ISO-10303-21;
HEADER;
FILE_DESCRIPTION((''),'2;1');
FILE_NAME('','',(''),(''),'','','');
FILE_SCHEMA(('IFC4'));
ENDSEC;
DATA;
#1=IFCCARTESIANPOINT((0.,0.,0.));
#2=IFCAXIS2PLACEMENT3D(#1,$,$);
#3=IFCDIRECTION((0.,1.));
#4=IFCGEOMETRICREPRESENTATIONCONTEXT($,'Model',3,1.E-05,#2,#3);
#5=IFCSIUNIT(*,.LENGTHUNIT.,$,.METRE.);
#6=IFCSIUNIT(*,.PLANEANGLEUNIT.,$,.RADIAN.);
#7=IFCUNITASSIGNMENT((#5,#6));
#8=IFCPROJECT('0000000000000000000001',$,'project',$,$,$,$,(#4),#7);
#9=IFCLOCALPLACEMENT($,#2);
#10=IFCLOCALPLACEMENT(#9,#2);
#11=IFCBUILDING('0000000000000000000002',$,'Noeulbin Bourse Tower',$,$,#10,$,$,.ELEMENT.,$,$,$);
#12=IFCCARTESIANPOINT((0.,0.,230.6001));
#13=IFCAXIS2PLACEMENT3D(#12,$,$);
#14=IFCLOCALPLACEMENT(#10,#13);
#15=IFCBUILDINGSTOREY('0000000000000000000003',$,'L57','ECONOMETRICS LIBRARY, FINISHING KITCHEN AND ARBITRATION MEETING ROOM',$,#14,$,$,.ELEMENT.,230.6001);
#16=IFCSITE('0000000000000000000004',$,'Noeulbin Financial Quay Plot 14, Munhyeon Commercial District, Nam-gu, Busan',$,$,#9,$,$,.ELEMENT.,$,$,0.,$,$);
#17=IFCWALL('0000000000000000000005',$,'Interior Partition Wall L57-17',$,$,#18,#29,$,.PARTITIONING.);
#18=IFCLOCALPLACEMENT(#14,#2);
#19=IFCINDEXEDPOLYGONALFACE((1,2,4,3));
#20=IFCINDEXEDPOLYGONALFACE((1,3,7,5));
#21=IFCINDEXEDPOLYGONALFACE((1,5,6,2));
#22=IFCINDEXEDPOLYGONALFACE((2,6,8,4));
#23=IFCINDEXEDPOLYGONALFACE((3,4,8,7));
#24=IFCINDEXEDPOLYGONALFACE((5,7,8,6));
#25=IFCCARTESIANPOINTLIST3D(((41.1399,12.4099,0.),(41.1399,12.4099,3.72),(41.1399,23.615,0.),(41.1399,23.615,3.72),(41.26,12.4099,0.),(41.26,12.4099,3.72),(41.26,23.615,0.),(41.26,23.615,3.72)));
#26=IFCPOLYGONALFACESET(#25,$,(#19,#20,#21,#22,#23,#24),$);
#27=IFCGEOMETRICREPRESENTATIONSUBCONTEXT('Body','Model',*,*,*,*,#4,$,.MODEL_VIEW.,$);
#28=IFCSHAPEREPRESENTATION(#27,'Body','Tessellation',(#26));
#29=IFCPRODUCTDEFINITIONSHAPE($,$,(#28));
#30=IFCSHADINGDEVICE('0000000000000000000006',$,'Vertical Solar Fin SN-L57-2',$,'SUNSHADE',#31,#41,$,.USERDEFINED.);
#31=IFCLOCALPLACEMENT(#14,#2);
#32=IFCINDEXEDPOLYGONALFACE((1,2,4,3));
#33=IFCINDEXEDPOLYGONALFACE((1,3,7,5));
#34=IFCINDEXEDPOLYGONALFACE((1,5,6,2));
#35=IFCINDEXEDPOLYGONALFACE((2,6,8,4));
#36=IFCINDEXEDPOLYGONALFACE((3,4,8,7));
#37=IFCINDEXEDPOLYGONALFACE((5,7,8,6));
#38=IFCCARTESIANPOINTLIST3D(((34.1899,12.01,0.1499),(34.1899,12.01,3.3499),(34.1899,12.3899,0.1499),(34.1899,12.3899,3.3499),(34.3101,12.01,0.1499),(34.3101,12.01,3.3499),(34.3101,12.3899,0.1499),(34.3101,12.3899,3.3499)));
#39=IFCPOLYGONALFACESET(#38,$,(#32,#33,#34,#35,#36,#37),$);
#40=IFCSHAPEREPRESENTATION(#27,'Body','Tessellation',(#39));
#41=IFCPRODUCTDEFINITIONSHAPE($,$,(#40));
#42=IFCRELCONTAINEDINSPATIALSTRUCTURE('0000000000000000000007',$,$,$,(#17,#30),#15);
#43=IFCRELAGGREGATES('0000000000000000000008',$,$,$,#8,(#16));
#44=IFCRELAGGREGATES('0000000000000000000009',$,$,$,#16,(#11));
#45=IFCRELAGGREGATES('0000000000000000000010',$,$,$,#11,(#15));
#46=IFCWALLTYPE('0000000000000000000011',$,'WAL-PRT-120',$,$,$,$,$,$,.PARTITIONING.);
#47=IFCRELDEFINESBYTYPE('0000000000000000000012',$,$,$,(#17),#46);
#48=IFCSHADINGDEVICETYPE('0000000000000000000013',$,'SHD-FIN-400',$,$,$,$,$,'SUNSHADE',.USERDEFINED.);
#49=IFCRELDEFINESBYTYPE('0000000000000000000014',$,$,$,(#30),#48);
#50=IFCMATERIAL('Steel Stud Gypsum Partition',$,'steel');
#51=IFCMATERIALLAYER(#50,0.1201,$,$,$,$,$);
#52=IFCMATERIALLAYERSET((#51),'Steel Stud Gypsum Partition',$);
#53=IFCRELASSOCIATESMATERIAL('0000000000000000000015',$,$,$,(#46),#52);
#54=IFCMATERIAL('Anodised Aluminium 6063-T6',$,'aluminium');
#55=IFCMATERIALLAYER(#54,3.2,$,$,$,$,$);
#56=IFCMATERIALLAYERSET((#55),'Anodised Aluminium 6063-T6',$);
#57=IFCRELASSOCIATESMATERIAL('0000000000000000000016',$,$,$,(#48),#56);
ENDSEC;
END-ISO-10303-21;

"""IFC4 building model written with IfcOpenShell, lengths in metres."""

from ifc_helpers import new_model, si_unit, direction, frame, frame_2d, origin, origin_2d, place, context, subcontext, project, spatial, rectangle, extrude, material, layer, layer_set, type_object, element, save


model = new_model("IFC4")

# Units and contexts
model_context = context("Model", 3, precision=1e-05, world=origin(), true_north=direction((0.0, 1.0)))
body_context = subcontext(model_context, "Body", "Model", "MODEL_VIEW")
ifc_project = project(units=[si_unit("LENGTHUNIT", "METRE"), si_unit("PLANEANGLEUNIT", "RADIAN")], contexts=[model_context])

# Site, building, storey
site_placement = place(None, origin())
site = spatial("IfcSite", under=ifc_project, at=site_placement, Name="Noeulbin Financial Quay Plot 14, Munhyeon Commercial District, Nam-gu, Busan", CompositionType="ELEMENT", RefElevation=0.0)
building_placement = place(site_placement, origin())
building = spatial("IfcBuilding", under=site, at=building_placement, Name="Noeulbin Bourse Tower", CompositionType="ELEMENT")
storey_placement = place(building_placement, frame((0.0, 0.0, 230.6001)))
storey = spatial("IfcBuildingStorey", under=building, at=storey_placement, Name="L57", Description="ECONOMETRICS LIBRARY, FINISHING KITCHEN AND ARBITRATION MEETING ROOM", CompositionType="ELEMENT", Elevation=230.6001)

# Shared definitions
ifc_material_1 = material(Name="Anodised Aluminium 6063-T6", Category="aluminium")

# Wall
ifc_material_2 = material(Name="Steel Stud Gypsum Partition", Category="steel")
ifc_layer_1 = layer(ifc_material_2, 0.1201)
ifc_layer_set_1 = layer_set([ifc_layer_1], Name="Steel Stud Gypsum Partition")
wall_type_1 = type_object("IfcWallType", Name="WAL-PRT-120", PredefinedType="PARTITIONING", material=ifc_layer_set_1)
wall_1_placement = place(storey_placement, frame((41.2, 12.4099, 0.0), z_axis=(0.0, 0.0, 1.0), x_axis=(0.0, 1.0, 0.0)))
element("IfcWall", 1, at=wall_1_placement, inside=storey, type_object=wall_type_1, Name="Interior Partition Wall L57-17", PredefinedType="PARTITIONING", context=body_context, shape_type="SweptSolid", body=[
    extrude(rectangle(XDim=11.2051, YDim=0.1201, at=frame_2d((5.6025, 0.0))), origin(), (0.0, 0.0, 1.0), 3.72),
])

# Shading device
ifc_layer_2 = layer(ifc_material_1, 3.2)
ifc_layer_set_2 = layer_set([ifc_layer_2], Name="Anodised Aluminium 6063-T6")
shading_device_type = type_object("IfcShadingDeviceType", Name="SHD-FIN-400", ElementType="SUNSHADE", PredefinedType="USERDEFINED", material=ifc_layer_set_2)
shading_device_placement = place(storey_placement, frame((34.25, 12.2, 0.1499), z_axis=(0.0, 0.0, 1.0), x_axis=(1.0, 0.0, 0.0)))
element("IfcShadingDevice", 2, at=shading_device_placement, inside=storey, type_object=shading_device_type, Name="Vertical Solar Fin SN-L57-2", ObjectType="SUNSHADE", PredefinedType="USERDEFINED", context=body_context, shape_type="SweptSolid", body=[
    extrude(rectangle(XDim=0.1201, YDim=0.3799, at=origin_2d()), origin(), (0.0, 0.0, 1.0), 3.2),
])

save(model, "model.ifc")
